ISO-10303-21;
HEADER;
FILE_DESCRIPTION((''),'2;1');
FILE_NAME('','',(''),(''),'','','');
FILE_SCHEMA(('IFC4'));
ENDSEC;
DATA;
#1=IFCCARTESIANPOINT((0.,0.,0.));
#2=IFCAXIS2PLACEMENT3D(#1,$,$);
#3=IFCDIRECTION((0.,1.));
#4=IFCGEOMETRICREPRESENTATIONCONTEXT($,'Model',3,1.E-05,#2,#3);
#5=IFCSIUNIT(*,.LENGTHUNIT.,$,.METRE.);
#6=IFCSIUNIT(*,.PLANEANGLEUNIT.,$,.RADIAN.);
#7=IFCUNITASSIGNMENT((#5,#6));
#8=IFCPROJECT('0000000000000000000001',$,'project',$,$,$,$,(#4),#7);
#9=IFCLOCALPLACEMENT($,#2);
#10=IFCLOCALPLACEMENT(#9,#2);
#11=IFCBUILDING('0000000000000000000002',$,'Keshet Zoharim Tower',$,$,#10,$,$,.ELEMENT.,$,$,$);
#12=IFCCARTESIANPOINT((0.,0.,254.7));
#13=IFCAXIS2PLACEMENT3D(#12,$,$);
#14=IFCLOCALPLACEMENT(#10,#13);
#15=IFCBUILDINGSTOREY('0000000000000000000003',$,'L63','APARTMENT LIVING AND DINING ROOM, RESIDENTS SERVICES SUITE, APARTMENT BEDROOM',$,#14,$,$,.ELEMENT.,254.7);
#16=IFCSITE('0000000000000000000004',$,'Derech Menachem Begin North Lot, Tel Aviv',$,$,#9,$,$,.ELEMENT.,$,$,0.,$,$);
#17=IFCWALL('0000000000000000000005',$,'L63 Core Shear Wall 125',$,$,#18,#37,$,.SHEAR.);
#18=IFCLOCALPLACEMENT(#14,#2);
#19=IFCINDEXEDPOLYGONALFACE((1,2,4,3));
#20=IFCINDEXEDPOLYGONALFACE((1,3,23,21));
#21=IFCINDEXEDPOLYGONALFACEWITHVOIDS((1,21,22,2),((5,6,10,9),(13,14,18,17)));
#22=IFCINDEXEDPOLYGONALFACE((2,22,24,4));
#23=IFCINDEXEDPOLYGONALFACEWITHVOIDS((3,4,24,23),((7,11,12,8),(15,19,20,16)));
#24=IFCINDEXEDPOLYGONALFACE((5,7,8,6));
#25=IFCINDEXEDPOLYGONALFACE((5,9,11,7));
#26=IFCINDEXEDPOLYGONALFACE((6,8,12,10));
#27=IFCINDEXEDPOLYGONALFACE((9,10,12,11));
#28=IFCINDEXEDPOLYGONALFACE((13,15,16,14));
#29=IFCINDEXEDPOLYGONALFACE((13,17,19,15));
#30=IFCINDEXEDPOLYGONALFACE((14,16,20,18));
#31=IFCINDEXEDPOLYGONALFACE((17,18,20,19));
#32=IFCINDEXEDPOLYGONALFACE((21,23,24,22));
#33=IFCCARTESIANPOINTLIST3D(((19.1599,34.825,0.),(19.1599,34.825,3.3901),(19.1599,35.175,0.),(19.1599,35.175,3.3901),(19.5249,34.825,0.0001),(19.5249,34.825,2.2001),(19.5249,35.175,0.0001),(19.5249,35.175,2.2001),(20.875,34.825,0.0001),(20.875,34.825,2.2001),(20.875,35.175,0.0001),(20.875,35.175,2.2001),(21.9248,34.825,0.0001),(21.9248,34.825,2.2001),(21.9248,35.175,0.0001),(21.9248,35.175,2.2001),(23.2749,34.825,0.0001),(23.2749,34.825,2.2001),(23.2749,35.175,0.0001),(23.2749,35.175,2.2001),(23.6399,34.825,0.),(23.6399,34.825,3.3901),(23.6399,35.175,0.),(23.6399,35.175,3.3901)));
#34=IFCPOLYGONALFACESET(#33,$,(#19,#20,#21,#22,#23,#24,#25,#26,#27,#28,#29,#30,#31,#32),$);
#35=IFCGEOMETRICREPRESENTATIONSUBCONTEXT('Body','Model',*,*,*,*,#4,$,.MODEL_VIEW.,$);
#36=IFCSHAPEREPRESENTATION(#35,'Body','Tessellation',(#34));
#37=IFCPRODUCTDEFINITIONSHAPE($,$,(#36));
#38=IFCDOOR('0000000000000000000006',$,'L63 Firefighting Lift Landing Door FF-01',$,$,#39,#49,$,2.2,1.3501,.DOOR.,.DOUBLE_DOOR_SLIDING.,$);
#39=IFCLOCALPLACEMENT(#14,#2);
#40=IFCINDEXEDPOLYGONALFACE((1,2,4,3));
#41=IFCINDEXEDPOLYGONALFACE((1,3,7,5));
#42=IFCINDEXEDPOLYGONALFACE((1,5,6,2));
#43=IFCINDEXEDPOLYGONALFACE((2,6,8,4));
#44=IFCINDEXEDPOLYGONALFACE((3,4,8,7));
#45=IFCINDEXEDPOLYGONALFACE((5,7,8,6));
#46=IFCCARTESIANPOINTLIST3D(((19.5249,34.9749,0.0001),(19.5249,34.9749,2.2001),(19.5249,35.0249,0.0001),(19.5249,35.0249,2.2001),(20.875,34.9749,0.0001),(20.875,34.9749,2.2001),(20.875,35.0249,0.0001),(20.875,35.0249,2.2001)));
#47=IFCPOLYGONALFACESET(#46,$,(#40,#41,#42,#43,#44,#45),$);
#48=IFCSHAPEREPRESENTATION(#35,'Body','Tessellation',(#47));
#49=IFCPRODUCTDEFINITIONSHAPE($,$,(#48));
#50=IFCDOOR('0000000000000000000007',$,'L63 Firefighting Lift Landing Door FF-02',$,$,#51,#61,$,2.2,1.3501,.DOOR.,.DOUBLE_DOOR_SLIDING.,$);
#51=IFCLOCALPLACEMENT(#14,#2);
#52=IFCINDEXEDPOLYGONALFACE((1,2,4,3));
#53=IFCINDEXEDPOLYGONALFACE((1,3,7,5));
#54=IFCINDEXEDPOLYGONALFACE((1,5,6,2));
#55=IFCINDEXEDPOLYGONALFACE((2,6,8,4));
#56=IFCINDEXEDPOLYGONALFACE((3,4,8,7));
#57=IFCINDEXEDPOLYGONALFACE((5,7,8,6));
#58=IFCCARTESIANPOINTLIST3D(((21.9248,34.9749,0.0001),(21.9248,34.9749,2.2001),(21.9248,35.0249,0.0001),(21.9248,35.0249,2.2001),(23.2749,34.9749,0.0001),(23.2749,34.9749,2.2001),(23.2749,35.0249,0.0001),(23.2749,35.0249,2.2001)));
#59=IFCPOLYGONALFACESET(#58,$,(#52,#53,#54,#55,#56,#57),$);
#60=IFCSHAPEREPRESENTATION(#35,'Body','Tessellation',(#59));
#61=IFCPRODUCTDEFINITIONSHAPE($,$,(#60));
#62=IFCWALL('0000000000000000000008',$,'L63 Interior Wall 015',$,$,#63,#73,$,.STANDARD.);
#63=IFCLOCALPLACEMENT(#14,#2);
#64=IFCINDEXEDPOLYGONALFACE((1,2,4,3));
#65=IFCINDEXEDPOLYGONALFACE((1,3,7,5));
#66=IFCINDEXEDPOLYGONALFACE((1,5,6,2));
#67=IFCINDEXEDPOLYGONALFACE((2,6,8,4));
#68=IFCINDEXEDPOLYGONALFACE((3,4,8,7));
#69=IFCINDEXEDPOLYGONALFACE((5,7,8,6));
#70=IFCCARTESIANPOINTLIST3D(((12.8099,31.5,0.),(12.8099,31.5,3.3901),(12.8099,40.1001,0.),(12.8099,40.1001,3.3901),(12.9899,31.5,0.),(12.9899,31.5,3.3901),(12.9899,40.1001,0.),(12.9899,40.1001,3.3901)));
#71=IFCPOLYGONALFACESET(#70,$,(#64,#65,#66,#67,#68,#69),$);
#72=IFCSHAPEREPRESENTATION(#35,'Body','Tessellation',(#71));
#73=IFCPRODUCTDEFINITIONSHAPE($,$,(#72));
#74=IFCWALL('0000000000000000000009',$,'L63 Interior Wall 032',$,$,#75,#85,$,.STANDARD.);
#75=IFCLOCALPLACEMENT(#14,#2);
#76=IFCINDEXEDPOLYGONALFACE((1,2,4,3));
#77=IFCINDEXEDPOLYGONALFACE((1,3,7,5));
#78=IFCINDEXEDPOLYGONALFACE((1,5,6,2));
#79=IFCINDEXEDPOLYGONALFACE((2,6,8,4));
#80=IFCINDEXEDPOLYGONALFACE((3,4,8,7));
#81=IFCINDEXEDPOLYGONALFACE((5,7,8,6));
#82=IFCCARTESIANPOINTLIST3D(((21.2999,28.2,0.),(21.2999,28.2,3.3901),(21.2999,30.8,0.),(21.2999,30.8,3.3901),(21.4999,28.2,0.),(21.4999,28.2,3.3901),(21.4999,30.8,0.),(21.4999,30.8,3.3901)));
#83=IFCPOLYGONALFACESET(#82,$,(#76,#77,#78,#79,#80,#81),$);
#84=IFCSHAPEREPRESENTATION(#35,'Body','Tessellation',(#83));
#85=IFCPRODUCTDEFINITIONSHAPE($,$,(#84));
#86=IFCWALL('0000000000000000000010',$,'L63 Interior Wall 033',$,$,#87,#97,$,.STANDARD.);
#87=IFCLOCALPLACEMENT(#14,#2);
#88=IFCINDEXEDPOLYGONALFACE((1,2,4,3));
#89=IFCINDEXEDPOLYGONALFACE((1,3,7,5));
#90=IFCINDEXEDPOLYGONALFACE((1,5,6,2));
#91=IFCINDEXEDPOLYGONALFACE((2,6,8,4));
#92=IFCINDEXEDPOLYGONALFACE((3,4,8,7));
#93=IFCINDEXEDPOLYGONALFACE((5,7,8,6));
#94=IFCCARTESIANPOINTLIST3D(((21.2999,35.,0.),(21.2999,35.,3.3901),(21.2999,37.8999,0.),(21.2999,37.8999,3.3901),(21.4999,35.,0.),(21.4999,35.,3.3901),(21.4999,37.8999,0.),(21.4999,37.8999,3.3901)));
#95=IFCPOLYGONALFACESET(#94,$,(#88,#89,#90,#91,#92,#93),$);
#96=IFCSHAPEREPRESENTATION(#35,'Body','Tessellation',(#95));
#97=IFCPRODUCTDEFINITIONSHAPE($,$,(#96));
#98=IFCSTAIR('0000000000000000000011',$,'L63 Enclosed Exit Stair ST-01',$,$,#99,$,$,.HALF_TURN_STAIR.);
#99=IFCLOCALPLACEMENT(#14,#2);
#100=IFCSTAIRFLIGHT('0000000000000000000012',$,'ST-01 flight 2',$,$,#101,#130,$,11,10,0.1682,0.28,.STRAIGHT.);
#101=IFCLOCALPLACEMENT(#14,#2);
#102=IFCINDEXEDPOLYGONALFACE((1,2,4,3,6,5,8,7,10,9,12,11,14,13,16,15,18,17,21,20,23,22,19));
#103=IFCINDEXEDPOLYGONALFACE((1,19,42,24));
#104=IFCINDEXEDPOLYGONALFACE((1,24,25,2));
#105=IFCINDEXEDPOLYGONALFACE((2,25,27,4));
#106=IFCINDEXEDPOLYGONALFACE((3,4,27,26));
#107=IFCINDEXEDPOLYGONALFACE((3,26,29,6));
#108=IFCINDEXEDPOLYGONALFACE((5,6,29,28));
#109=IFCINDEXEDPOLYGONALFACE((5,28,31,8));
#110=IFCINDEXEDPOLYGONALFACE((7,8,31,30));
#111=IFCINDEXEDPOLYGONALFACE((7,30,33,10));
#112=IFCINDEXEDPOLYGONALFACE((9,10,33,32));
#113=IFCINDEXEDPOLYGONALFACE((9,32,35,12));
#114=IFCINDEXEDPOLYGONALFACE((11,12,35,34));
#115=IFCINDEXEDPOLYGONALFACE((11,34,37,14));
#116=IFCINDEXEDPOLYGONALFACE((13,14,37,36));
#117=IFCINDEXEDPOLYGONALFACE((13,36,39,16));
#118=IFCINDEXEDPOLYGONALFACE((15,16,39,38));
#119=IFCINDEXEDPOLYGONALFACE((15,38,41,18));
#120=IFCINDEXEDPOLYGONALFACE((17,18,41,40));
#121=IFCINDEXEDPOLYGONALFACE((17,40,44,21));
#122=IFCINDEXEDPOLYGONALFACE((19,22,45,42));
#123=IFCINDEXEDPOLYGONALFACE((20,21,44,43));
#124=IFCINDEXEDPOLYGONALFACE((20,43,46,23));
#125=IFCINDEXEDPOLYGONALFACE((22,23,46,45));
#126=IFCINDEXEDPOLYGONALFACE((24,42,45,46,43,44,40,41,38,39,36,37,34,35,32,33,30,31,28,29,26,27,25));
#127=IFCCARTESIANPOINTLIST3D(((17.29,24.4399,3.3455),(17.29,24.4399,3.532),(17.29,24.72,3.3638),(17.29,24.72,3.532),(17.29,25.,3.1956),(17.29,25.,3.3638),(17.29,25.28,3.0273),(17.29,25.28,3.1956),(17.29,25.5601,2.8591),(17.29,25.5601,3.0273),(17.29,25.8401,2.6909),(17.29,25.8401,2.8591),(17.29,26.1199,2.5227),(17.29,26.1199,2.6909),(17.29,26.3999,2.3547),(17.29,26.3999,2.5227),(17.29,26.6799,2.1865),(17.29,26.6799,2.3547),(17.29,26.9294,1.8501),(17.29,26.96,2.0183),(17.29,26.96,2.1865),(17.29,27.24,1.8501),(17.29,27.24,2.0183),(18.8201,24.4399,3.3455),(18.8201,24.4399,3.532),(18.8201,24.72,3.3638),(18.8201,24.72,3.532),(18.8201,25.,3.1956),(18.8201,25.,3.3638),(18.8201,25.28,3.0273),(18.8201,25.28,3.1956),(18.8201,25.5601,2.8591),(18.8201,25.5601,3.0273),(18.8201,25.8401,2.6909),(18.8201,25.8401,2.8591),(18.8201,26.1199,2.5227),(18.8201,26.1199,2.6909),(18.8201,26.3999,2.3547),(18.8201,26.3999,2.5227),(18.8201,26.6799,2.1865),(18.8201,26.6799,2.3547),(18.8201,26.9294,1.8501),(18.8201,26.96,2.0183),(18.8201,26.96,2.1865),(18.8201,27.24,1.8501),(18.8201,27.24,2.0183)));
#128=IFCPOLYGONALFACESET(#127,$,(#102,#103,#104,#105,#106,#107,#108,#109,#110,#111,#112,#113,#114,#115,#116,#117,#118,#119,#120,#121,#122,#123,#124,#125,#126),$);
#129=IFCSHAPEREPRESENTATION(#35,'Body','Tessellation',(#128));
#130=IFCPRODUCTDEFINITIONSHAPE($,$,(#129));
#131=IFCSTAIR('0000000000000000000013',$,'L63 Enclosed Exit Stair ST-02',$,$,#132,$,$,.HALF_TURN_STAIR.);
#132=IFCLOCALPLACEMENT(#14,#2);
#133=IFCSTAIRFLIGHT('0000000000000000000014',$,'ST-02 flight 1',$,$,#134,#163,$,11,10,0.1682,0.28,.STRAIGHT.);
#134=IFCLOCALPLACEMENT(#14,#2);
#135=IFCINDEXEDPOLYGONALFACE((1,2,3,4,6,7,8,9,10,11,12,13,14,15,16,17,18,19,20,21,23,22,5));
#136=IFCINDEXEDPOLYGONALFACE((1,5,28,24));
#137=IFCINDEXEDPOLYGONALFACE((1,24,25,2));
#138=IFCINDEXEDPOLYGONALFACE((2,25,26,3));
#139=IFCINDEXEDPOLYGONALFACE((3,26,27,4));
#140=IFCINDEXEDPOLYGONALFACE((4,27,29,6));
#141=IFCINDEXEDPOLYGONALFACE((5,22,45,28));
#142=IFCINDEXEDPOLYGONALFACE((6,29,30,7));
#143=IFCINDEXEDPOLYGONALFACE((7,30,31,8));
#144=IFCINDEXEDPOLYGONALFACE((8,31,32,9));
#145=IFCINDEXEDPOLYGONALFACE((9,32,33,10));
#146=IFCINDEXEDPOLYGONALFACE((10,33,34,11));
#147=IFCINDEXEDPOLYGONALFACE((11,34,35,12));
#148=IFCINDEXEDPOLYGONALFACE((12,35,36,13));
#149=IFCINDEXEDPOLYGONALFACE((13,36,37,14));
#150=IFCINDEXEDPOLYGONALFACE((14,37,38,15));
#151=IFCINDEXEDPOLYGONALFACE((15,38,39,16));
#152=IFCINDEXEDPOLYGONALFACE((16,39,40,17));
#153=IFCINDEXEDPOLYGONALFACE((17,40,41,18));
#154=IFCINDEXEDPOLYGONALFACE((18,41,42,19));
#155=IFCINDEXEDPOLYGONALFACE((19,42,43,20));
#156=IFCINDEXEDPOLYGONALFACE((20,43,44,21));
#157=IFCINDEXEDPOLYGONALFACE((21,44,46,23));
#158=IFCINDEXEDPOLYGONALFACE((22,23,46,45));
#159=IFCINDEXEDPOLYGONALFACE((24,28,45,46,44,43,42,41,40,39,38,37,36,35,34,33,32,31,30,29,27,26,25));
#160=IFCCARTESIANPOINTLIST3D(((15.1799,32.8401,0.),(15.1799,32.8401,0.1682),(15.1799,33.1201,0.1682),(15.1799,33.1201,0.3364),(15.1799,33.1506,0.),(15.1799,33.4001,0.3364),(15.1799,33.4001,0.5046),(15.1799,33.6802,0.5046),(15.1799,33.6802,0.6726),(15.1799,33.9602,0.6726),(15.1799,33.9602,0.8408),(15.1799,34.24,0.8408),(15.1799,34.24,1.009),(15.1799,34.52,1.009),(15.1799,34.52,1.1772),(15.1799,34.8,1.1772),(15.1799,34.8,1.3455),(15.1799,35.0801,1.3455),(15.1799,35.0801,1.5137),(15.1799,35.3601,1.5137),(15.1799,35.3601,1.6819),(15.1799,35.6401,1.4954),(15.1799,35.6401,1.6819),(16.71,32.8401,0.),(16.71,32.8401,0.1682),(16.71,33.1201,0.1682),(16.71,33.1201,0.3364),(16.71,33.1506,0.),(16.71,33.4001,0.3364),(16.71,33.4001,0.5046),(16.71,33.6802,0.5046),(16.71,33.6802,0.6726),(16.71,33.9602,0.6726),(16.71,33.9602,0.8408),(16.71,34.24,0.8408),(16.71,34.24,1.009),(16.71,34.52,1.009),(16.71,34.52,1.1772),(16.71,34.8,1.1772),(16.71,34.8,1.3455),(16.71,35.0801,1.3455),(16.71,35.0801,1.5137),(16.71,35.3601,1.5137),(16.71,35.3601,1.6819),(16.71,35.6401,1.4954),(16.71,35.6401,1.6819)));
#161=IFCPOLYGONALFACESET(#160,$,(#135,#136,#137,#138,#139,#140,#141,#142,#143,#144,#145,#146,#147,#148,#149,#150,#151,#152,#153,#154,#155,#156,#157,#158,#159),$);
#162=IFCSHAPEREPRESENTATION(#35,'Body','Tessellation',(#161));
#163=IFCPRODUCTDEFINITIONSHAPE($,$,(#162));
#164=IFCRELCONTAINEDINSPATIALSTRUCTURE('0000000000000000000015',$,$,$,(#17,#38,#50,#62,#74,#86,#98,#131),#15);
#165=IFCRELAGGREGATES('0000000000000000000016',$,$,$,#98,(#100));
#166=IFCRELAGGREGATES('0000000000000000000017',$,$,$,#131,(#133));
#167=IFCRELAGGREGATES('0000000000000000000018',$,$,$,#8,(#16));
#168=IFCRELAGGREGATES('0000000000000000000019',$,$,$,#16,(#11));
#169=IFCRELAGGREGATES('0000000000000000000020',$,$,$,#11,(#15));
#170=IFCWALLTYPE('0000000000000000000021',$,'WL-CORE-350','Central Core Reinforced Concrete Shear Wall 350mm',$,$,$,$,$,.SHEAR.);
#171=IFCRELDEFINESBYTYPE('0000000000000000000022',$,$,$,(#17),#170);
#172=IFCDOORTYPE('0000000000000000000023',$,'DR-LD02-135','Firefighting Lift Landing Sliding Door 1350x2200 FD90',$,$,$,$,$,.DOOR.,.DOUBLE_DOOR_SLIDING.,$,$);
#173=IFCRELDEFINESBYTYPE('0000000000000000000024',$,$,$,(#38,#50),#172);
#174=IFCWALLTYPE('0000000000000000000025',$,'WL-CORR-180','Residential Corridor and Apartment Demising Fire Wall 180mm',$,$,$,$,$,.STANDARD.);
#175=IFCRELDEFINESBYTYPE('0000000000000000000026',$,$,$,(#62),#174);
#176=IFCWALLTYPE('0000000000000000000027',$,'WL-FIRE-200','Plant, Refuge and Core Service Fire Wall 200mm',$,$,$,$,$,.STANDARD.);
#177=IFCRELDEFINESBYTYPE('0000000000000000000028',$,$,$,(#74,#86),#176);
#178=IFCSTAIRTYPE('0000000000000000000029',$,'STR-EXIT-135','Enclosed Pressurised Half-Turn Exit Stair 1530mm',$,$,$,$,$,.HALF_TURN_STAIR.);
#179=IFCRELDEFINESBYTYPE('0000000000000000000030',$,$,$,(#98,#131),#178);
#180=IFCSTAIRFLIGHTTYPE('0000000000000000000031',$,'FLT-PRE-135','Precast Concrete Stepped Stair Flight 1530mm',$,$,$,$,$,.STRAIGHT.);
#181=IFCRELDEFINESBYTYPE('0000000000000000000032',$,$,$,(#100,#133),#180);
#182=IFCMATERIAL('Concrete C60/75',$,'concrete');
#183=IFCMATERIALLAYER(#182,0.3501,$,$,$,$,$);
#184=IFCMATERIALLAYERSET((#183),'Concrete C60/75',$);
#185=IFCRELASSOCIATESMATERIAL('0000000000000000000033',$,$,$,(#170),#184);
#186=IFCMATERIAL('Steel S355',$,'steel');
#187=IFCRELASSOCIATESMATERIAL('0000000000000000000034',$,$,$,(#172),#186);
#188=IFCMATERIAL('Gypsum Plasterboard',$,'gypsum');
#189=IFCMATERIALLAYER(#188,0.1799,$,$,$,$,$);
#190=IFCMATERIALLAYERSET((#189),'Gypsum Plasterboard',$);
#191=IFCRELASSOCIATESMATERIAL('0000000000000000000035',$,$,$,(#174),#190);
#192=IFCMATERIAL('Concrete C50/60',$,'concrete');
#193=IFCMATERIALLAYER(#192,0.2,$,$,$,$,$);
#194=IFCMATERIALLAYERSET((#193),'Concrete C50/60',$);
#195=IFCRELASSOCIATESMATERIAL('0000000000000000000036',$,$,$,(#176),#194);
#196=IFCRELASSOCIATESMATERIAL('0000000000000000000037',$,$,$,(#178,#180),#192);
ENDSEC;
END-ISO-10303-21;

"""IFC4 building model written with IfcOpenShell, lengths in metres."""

from ifc_helpers import new_model, si_unit, direction, frame, frame_2d, origin, place, context, subcontext, project, spatial, polyline, rectangle, outline, extrude, material, layer, layer_set, type_object, element, fill, aggregate, save


model = new_model("IFC4")

# Units and contexts
model_context = context("Model", 3, precision=1e-05, world=origin(), true_north=direction((0.0, 1.0)))
body_context = subcontext(model_context, "Body", "Model", "MODEL_VIEW")
ifc_project = project(units=[si_unit("LENGTHUNIT", "METRE"), si_unit("PLANEANGLEUNIT", "RADIAN")], contexts=[model_context])

# Site, building, storey
site_placement = place(None, origin())
site = spatial("IfcSite", under=ifc_project, at=site_placement, Name="Derech Menachem Begin North Lot, Tel Aviv", CompositionType="ELEMENT", RefElevation=0.0)
building_placement = place(site_placement, origin())
building = spatial("IfcBuilding", under=site, at=building_placement, Name="Keshet Zoharim Tower", CompositionType="ELEMENT")
storey_placement = place(building_placement, frame((0.0, 0.0, 254.7)))
storey = spatial("IfcBuildingStorey", under=building, at=storey_placement, Name="L63", Description="APARTMENT LIVING AND DINING ROOM, RESIDENTS SERVICES SUITE, APARTMENT BEDROOM", CompositionType="ELEMENT", Elevation=254.7)

# Shared definitions
ifc_material_1 = material(Name="Concrete C60/75", Category="concrete")
ifc_layer_1 = layer(ifc_material_1, 0.3501)
ifc_layer_set_1 = layer_set([ifc_layer_1], Name="Concrete C60/75")
wall_type_1 = type_object("IfcWallType", Name="WL-CORE-350", Description="Central Core Reinforced Concrete Shear Wall 350mm", PredefinedType="SHEAR", material=ifc_layer_set_1)

# Shared definitions
ifc_material_2 = material(Name="Steel S355", Category="steel")

# Wall, openings, doors
wall_1_placement = place(storey_placement, frame((19.1599, 35.0, 0.0), z_axis=(0.0, 0.0, 1.0), x_axis=(1.0, 0.0, 0.0)))
wall_1 = element("IfcWall", 1, at=wall_1_placement, inside=storey, type_object=wall_type_1, Name="L63 Core Shear Wall 125", PredefinedType="SHEAR", context=body_context, shape_type="SweptSolid", body=[
    extrude(rectangle(XDim=4.48, YDim=0.3501, at=frame_2d((2.24, 0.0))), origin(), (0.0, 0.0, 1.0), 3.3901),
])
opening_1_placement = place(wall_1_placement, frame((0.365, 0.0, 0.0)))
opening_1 = element("IfcOpeningElement", 2, at=opening_1_placement, cuts=wall_1, PredefinedType="OPENING", context=body_context, shape_type="SweptSolid", body=[
    extrude(rectangle(XDim=1.3501, YDim=2.2, at=frame_2d((0.675, 1.1001))), frame((0.0, 0.1851, 0.0), z_axis=(0.0, -1.0, 0.0), x_axis=(1.0, 0.0, 0.0)), (0.0, 0.0, 1.0), 0.3701),
])
opening_2_placement = place(wall_1_placement, frame((2.7649, 0.0, 0.0)))
opening_2 = element("IfcOpeningElement", 3, at=opening_2_placement, cuts=wall_1, PredefinedType="OPENING", context=body_context, shape_type="SweptSolid", body=[
    extrude(rectangle(XDim=1.3501, YDim=2.2, at=frame_2d((0.675, 1.1001))), frame((0.0, 0.1851, 0.0), z_axis=(0.0, -1.0, 0.0), x_axis=(1.0, 0.0, 0.0)), (0.0, 0.0, 1.0), 0.3701),
])
door_type_1 = type_object("IfcDoorType", Name="DR-LD02-135", Description="Firefighting Lift Landing Sliding Door 1350x2200 FD90", OperationType="DOUBLE_DOOR_SLIDING", PredefinedType="DOOR", material=ifc_material_2)
door_1_placement = place(opening_1_placement, origin())
door_1 = element("IfcDoor", 4, at=door_1_placement, inside=storey, type_object=door_type_1, Name="L63 Firefighting Lift Landing Door FF-01", OperationType="DOUBLE_DOOR_SLIDING", OverallHeight=2.2, OverallWidth=1.3501, PredefinedType="DOOR", context=body_context, shape_type="SweptSolid", body=[
    extrude(rectangle(XDim=1.3501, YDim=2.2, at=frame_2d((0.675, 1.1001))), frame((0.0, 0.0249, 0.0), z_axis=(0.0, -1.0, 0.0), x_axis=(1.0, 0.0, 0.0)), (0.0, 0.0, 1.0), 0.05),
])
fill(opening_1, door_1)
door_2_placement = place(opening_2_placement, origin())
door_2 = element("IfcDoor", 5, at=door_2_placement, inside=storey, type_object=door_type_1, Name="L63 Firefighting Lift Landing Door FF-02", OperationType="DOUBLE_DOOR_SLIDING", OverallHeight=2.2, OverallWidth=1.3501, PredefinedType="DOOR", context=body_context, shape_type="SweptSolid", body=[
    extrude(rectangle(XDim=1.3501, YDim=2.2, at=frame_2d((0.675, 1.1001))), frame((0.0, 0.0249, 0.0), z_axis=(0.0, -1.0, 0.0), x_axis=(1.0, 0.0, 0.0)), (0.0, 0.0, 1.0), 0.05),
])
fill(opening_2, door_2)

# Walls
ifc_material_3 = material(Name="Gypsum Plasterboard", Category="gypsum")
ifc_layer_2 = layer(ifc_material_3, 0.1799)
ifc_layer_set_2 = layer_set([ifc_layer_2], Name="Gypsum Plasterboard")
wall_type_2 = type_object("IfcWallType", Name="WL-CORR-180", Description="Residential Corridor and Apartment Demising Fire Wall 180mm", PredefinedType="STANDARD", material=ifc_layer_set_2)
wall_2_placement = place(storey_placement, frame((12.8999, 31.5, 0.0), z_axis=(0.0, 0.0, 1.0), x_axis=(0.0, 1.0, 0.0)))
element("IfcWall", 6, at=wall_2_placement, inside=storey, type_object=wall_type_2, Name="L63 Interior Wall 015", PredefinedType="STANDARD", context=body_context, shape_type="SweptSolid", body=[
    extrude(rectangle(XDim=8.6001, YDim=0.1799, at=frame_2d((4.3, 0.0))), origin(), (0.0, 0.0, 1.0), 3.3901),
])
ifc_material_4 = material(Name="Concrete C50/60", Category="concrete")
ifc_layer_3 = layer(ifc_material_4, 0.2)
ifc_layer_set_3 = layer_set([ifc_layer_3], Name="Concrete C50/60")
wall_type_3 = type_object("IfcWallType", Name="WL-FIRE-200", Description="Plant, Refuge and Core Service Fire Wall 200mm", PredefinedType="STANDARD", material=ifc_layer_set_3)
wall_3_placement = place(storey_placement, frame((21.3999, 28.2, 0.0), z_axis=(0.0, 0.0, 1.0), x_axis=(0.0, 1.0, 0.0)))
element("IfcWall", 7, at=wall_3_placement, inside=storey, type_object=wall_type_3, Name="L63 Interior Wall 032", PredefinedType="STANDARD", context=body_context, shape_type="SweptSolid", body=[
    extrude(rectangle(XDim=2.6001, YDim=0.2, at=frame_2d((1.3, 0.0))), origin(), (0.0, 0.0, 1.0), 3.3901),
])
wall_4_placement = place(storey_placement, frame((21.3999, 35.0, 0.0), z_axis=(0.0, 0.0, 1.0), x_axis=(0.0, 1.0, 0.0)))
element("IfcWall", 8, at=wall_4_placement, inside=storey, type_object=wall_type_3, Name="L63 Interior Wall 033", PredefinedType="STANDARD", context=body_context, shape_type="SweptSolid", body=[
    extrude(rectangle(XDim=2.8999, YDim=0.2, at=frame_2d((1.45, 0.0))), origin(), (0.0, 0.0, 1.0), 3.3901),
])

# Stair, stair flight
stair_type = type_object("IfcStairType", Name="STR-EXIT-135", Description="Enclosed Pressurised Half-Turn Exit Stair 1530mm", PredefinedType="HALF_TURN_STAIR", material=ifc_material_4)
stair_1_placement = place(storey_placement, origin())
stair_1 = element("IfcStair", 9, at=stair_1_placement, inside=storey, type_object=stair_type, Name="L63 Enclosed Exit Stair ST-01", PredefinedType="HALF_TURN_STAIR")
stair_flight_type = type_object("IfcStairFlightType", Name="FLT-PRE-135", Description="Precast Concrete Stepped Stair Flight 1530mm", PredefinedType="STRAIGHT", material=ifc_material_4)
stair_flight_1_placement = place(storey_placement, frame((18.0549, 27.24, 1.8501), z_axis=(0.0, 0.0, 1.0), x_axis=(0.0, -1.0, 0.0)))
stair_flight_1 = element("IfcStairFlight", 10, at=stair_flight_1_placement, type_object=stair_flight_type, Name="ST-01 flight 2", NumberOfRisers=11, NumberOfTreads=10, PredefinedType="STRAIGHT", RiserHeight=0.1682, TreadLength=0.28, context=body_context, shape_type="SweptSolid", body=[
    extrude(outline(polyline([(0.0, 0.0), (0.0, 0.1682), (0.28, 0.1682), (0.28, 0.3364), (0.5601, 0.3364), (0.5601, 0.5046), (0.8401, 0.5046), (0.8401, 0.6726), (1.1201, 0.6726), (1.1201, 0.8408), (1.3999, 0.8408), (1.3999, 1.009), (1.6799, 1.009), (1.6799, 1.1772), (1.96, 1.1772), (1.96, 1.3455), (2.24, 1.3455), (2.24, 1.5137), (2.52, 1.5137), (2.52, 1.6819), (2.8, 1.6819), (2.8, 1.8501), (2.8, 1.4954), (0.3105, 0.0), (0.0, 0.0)])), frame((0.0, 0.7651, 0.0), z_axis=(0.0, -1.0, 0.0), x_axis=(1.0, 0.0, 0.0)), (0.0, 0.0, 1.0), 1.53),
])
aggregate(stair_1, [stair_flight_1])

# Stair, stair flight
stair_2_placement = place(storey_placement, origin())
stair_2 = element("IfcStair", 11, at=stair_2_placement, inside=storey, type_object=stair_type, Name="L63 Enclosed Exit Stair ST-02", PredefinedType="HALF_TURN_STAIR")
stair_flight_2_placement = place(storey_placement, frame((15.9451, 32.8401, 0.0), z_axis=(0.0, 0.0, 1.0), x_axis=(0.0, 1.0, 0.0)))
stair_flight_2 = element("IfcStairFlight", 12, at=stair_flight_2_placement, type_object=stair_flight_type, Name="ST-02 flight 1", NumberOfRisers=11, NumberOfTreads=10, PredefinedType="STRAIGHT", RiserHeight=0.1682, TreadLength=0.28, context=body_context, shape_type="SweptSolid", body=[
    extrude(outline(polyline([(0.0, 0.0), (0.0, 0.1682), (0.28, 0.1682), (0.28, 0.3364), (0.5601, 0.3364), (0.5601, 0.5046), (0.8401, 0.5046), (0.8401, 0.6726), (1.1201, 0.6726), (1.1201, 0.8408), (1.3999, 0.8408), (1.3999, 1.009), (1.6799, 1.009), (1.6799, 1.1772), (1.96, 1.1772), (1.96, 1.3455), (2.24, 1.3455), (2.24, 1.5137), (2.52, 1.5137), (2.52, 1.6819), (2.8, 1.6819), (2.8, 1.8501), (2.8, 1.4954), (0.3105, 0.0), (0.0, 0.0)])), frame((0.0, 0.7651, 0.0), z_axis=(0.0, -1.0, 0.0), x_axis=(1.0, 0.0, 0.0)), (0.0, 0.0, 1.0), 1.53),
])
aggregate(stair_2, [stair_flight_2])

save(model, "model.ifc")
